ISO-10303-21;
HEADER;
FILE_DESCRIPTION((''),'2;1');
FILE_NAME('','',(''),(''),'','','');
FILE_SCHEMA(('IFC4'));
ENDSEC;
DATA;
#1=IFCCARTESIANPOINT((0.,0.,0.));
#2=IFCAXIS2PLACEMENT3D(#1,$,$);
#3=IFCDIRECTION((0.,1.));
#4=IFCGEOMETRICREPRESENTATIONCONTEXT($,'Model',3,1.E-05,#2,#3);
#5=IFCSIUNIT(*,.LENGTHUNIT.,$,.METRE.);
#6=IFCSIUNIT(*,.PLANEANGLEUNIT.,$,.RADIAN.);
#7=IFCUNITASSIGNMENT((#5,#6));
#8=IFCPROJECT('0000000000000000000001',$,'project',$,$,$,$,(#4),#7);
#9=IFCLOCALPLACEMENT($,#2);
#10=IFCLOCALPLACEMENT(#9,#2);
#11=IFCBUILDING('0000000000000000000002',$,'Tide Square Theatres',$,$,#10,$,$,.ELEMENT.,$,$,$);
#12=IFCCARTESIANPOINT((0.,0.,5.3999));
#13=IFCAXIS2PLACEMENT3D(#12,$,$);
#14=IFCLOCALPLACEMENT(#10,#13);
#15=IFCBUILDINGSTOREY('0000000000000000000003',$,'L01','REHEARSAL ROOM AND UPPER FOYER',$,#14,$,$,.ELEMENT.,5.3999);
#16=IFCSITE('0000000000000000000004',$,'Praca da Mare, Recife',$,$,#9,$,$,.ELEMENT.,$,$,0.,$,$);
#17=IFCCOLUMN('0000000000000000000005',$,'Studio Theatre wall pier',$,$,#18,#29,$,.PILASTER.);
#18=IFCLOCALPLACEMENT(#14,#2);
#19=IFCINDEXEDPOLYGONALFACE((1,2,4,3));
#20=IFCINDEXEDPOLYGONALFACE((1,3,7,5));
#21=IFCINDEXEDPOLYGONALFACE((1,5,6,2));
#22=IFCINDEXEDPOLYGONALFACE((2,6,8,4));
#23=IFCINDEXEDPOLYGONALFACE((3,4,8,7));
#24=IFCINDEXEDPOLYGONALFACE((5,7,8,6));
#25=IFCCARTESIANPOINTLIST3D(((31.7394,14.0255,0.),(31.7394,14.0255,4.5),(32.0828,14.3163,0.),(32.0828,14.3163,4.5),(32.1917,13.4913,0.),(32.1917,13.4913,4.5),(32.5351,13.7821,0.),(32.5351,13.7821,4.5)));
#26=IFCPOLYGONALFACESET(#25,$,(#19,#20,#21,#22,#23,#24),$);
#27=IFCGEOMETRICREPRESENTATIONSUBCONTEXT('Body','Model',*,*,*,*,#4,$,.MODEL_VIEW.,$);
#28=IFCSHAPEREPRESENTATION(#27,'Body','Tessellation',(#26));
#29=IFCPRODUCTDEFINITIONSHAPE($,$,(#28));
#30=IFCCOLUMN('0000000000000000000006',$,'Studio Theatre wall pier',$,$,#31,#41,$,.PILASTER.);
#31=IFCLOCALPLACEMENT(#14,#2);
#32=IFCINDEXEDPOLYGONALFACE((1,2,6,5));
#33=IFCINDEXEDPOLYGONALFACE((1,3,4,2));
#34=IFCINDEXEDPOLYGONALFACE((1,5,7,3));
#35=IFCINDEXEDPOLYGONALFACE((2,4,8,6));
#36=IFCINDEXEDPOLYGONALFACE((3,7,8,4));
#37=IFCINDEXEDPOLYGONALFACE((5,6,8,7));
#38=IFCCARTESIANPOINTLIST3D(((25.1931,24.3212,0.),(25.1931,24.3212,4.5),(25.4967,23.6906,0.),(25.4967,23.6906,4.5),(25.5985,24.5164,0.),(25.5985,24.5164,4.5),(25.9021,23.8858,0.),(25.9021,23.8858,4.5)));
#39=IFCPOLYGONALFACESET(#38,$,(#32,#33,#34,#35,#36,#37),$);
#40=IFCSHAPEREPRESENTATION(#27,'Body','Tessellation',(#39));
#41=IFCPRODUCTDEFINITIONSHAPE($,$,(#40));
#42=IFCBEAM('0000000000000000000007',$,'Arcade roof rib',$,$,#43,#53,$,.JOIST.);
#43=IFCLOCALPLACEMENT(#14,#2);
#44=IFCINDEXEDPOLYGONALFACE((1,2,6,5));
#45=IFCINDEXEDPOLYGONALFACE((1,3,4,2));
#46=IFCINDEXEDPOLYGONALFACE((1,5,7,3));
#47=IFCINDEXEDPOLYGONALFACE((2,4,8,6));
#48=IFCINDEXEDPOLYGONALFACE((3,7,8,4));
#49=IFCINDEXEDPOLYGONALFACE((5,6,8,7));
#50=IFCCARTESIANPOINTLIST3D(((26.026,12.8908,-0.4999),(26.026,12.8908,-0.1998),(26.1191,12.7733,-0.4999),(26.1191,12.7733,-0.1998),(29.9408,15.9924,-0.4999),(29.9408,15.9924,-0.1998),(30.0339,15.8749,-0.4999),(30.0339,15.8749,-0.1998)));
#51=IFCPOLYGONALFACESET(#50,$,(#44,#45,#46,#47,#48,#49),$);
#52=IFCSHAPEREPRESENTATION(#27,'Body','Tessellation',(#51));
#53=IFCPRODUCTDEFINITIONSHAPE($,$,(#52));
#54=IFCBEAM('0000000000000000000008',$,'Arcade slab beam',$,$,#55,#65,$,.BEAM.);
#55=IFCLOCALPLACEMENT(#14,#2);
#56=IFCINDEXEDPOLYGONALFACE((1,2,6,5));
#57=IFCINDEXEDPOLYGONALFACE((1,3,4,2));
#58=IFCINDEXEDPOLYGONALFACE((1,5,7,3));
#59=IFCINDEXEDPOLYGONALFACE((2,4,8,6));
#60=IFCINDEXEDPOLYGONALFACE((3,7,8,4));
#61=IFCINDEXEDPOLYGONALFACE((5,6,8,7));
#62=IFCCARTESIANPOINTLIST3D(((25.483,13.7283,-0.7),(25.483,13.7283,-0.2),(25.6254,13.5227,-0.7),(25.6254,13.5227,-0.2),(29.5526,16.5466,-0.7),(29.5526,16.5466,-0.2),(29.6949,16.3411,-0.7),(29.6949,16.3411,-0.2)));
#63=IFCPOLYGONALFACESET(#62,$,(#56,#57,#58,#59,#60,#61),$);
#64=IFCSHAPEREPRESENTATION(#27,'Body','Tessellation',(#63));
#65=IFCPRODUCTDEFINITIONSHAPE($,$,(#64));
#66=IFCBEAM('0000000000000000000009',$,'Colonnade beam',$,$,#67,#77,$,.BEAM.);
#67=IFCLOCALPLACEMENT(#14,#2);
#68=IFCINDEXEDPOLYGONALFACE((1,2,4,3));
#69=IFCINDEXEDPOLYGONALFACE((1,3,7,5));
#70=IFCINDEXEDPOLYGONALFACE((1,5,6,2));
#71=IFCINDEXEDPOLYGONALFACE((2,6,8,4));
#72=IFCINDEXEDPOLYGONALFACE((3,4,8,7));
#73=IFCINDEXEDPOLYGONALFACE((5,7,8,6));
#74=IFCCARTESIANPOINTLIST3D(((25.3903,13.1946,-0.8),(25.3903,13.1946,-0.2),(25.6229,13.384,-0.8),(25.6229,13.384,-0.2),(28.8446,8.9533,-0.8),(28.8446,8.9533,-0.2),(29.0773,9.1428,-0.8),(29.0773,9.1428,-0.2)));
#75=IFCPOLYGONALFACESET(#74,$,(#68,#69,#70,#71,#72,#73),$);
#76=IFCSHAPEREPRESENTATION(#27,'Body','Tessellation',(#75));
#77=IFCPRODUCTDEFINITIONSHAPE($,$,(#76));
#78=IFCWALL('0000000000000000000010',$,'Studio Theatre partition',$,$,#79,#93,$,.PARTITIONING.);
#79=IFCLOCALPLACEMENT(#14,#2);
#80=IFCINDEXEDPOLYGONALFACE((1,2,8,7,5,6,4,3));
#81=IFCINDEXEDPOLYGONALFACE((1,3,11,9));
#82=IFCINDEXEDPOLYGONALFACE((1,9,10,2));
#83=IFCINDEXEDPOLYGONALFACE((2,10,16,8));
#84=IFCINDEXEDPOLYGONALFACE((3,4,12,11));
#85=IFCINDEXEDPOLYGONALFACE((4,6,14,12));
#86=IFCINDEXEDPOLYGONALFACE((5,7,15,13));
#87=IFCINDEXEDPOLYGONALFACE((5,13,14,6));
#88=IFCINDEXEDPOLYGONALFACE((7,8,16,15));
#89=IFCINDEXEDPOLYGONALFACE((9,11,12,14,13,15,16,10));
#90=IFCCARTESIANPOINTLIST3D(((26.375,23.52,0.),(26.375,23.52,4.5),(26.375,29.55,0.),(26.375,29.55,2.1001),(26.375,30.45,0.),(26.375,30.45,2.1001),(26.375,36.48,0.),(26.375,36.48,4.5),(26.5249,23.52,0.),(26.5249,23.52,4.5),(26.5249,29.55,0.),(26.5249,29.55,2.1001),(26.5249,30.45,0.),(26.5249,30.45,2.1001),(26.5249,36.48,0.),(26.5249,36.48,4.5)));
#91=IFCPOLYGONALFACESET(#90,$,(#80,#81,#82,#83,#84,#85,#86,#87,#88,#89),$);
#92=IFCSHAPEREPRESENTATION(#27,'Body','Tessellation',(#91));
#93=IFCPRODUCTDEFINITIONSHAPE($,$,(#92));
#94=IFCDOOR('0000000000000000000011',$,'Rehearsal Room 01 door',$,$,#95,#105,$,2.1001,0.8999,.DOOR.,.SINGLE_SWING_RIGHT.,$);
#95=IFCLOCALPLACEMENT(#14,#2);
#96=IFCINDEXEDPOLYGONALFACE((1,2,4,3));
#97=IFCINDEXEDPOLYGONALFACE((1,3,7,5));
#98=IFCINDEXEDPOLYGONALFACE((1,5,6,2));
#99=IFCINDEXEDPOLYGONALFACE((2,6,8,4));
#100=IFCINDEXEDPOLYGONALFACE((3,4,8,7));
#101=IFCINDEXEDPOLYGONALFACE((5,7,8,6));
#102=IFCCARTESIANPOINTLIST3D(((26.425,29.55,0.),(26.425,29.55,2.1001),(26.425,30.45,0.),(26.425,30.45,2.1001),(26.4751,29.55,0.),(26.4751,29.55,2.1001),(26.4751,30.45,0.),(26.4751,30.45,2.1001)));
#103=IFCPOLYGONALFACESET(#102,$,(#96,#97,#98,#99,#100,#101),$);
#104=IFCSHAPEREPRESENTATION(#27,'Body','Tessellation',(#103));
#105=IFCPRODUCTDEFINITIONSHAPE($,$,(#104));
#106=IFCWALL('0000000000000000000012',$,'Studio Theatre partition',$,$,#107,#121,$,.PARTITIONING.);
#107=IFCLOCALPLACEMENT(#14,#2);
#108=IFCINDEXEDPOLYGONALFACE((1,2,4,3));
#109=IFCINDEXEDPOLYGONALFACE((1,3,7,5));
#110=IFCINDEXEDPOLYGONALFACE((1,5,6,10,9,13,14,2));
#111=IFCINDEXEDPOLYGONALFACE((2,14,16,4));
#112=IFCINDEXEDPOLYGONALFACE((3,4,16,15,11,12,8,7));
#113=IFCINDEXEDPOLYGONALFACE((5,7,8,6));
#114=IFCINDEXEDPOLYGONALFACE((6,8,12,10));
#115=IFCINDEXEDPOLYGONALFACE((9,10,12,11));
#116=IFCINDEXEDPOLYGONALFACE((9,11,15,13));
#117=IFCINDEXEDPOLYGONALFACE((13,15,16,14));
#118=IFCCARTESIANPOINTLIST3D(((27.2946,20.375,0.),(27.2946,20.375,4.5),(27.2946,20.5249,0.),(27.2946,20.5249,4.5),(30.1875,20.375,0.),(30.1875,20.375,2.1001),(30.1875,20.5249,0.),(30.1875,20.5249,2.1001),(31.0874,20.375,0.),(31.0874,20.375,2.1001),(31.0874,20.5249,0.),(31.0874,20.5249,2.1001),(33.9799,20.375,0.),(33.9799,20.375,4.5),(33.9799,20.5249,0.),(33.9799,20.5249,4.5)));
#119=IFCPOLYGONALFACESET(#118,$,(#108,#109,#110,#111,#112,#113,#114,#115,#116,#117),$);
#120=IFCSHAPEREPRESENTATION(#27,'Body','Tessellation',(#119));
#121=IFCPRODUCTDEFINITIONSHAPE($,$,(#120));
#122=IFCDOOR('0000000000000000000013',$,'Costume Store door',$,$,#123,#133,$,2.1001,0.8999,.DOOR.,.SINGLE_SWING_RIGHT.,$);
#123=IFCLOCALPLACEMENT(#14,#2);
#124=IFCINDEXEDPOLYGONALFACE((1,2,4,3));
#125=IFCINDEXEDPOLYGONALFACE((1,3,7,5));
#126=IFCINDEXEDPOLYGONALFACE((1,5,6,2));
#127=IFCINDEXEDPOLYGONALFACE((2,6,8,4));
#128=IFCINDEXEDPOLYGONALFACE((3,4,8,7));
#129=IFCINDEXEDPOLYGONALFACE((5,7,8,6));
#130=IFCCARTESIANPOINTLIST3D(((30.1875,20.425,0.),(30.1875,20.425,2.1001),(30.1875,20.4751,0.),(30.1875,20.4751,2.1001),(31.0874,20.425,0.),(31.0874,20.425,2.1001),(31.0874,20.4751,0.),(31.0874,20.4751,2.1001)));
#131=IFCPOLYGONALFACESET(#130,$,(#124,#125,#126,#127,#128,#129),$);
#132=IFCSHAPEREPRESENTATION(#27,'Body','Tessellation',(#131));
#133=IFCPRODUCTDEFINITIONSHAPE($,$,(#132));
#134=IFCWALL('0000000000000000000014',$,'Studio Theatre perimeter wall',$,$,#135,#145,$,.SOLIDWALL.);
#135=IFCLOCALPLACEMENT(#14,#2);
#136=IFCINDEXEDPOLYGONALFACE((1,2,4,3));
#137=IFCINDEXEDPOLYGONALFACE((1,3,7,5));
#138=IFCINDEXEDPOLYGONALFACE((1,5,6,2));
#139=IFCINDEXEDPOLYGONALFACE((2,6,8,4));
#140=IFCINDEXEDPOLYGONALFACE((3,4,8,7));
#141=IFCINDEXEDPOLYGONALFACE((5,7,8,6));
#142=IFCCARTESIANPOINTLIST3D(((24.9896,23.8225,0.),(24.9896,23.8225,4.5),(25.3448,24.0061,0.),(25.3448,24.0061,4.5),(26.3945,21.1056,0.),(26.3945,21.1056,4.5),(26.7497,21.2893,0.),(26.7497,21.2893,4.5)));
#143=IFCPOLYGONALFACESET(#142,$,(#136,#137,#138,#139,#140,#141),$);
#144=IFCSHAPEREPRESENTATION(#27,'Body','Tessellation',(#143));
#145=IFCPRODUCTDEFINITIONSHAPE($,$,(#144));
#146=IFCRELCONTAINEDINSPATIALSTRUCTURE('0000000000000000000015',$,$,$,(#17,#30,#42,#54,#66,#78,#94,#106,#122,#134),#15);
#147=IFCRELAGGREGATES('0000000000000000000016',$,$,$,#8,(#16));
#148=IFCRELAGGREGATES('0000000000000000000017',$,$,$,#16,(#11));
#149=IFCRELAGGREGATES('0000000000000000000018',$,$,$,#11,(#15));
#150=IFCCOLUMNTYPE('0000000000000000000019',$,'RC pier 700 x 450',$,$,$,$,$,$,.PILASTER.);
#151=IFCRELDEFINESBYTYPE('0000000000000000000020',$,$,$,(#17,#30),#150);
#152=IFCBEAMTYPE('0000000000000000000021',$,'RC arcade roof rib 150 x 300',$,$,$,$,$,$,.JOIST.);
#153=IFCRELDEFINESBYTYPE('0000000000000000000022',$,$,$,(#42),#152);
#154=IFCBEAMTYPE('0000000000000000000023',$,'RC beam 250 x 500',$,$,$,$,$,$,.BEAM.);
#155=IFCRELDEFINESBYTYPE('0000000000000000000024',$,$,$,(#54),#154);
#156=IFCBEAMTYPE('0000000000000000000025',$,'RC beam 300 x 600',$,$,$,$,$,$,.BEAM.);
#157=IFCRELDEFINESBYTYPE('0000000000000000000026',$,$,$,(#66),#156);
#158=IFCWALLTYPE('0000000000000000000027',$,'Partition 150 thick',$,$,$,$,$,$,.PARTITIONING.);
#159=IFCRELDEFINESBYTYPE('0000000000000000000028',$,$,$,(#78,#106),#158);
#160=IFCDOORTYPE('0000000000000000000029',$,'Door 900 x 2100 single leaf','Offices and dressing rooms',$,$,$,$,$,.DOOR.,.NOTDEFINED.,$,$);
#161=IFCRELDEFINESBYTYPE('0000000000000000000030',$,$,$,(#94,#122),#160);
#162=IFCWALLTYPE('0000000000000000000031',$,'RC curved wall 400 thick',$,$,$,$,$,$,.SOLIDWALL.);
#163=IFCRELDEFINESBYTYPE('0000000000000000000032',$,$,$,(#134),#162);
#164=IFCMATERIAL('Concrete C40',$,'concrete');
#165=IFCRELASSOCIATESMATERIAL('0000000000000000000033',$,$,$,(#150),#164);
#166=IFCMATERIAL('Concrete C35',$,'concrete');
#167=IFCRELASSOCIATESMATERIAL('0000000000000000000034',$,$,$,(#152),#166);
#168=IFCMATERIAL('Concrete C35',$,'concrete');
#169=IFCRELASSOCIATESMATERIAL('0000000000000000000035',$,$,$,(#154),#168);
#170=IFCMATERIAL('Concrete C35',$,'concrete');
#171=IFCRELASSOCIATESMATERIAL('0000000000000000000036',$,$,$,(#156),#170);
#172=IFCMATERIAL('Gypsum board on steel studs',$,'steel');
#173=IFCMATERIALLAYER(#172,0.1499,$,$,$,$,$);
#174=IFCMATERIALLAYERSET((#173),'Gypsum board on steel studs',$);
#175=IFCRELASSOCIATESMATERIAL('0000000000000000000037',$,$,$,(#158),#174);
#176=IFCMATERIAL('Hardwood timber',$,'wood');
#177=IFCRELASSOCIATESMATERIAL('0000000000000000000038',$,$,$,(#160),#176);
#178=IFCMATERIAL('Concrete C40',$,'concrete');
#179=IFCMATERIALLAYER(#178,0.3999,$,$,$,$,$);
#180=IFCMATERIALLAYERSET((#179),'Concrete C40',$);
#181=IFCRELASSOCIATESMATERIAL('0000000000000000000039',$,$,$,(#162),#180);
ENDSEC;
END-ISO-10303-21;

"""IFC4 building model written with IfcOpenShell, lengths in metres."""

from ifc_helpers import new_model, si_unit, direction, frame, frame_2d, origin, origin_2d, place, context, subcontext, project, spatial, rectangle, extrude, material, layer, layer_set, material_profile, profile_set, type_object, element, fill, save


model = new_model("IFC4")

# Units and contexts
model_context = context("Model", 3, precision=1e-05, world=origin(), true_north=direction((0.0, 1.0)))
body_context = subcontext(model_context, "Body", "Model", "MODEL_VIEW")
ifc_project = project(units=[si_unit("LENGTHUNIT", "METRE"), si_unit("PLANEANGLEUNIT", "RADIAN")], contexts=[model_context])

# Site, building, storey
site_placement = place(None, origin())
site = spatial("IfcSite", under=ifc_project, at=site_placement, Name="Praca da Mare, Recife", CompositionType="ELEMENT", RefElevation=0.0)
building_placement = place(site_placement, origin())
building = spatial("IfcBuilding", under=site, at=building_placement, Name="Tide Square Theatres", CompositionType="ELEMENT")
storey_placement = place(building_placement, frame((0.0, 0.0, 5.3999)))
storey = spatial("IfcBuildingStorey", under=building, at=storey_placement, Name="L01", Description="REHEARSAL ROOM AND UPPER FOYER", CompositionType="ELEMENT", Elevation=5.3999)

# Columns
ifc_material_1 = material(Name="Concrete C40", Category="concrete")
ifc_material_profile_1 = material_profile(ifc_material_1, rectangle(XDim=0.7, YDim=0.45, at=origin_2d()))
ifc_profile_set_1 = profile_set([ifc_material_profile_1], Name="Concrete C40")
column_type = type_object("IfcColumnType", Name="RC pier 700 x 450", PredefinedType="PILASTER", material=ifc_profile_set_1)
for number, where, z_axis, x_axis, name in (
    (1, (32.1372, 13.9038, 0.0), (0.0, 0.0, 1.0), (0.646184, -0.763182, 0.0), "Studio Theatre wall pier"),
    (2, (25.5476, 24.1035, 0.0), (0.0, 0.0, 1.0), (0.433814, -0.901003, 0.0), "Studio Theatre wall pier"),
):
    element("IfcColumn", number, at=place(storey_placement, frame(where, z_axis=z_axis, x_axis=x_axis)), inside=storey, type_object=column_type, Name=name, PredefinedType="PILASTER", context=body_context, shape_type="SweptSolid", body=[
        extrude(rectangle(XDim=0.7, YDim=0.45, at=origin_2d()), origin(), (0.0, 0.0, 1.0), 4.5),
    ])

# Beams
ifc_material_2 = material(Name="Concrete C35", Category="concrete")
ifc_material_profile_2 = material_profile(ifc_material_2, rectangle(XDim=0.1499, YDim=0.3, at=origin_2d()))
ifc_profile_set_2 = profile_set([ifc_material_profile_2], Name="Concrete C35")
beam_type_1 = type_object("IfcBeamType", Name="RC arcade roof rib 150 x 300", PredefinedType="JOIST", material=ifc_profile_set_2)
beam_1_placement = place(storey_placement, frame((26.0725, 12.832, -0.3499), z_axis=(0.783817, 0.620992, 0.0), x_axis=(-0.620992, 0.783817, 0.0)))
element("IfcBeam", 3, at=beam_1_placement, inside=storey, type_object=beam_type_1, Name="Arcade roof rib", PredefinedType="JOIST", context=body_context, shape_type="SweptSolid", body=[
    extrude(rectangle(XDim=0.1499, YDim=0.3, at=origin_2d()), origin(), (0.0, 0.0, 1.0), 4.9946),
])
ifc_material_3 = material(Name="Concrete C35", Category="concrete")
ifc_material_profile_3 = material_profile(ifc_material_3, rectangle(XDim=0.25, YDim=0.5, at=origin_2d()))
ifc_profile_set_3 = profile_set([ifc_material_profile_3], Name="Concrete C35")
beam_type_2 = type_object("IfcBeamType", Name="RC beam 250 x 500", PredefinedType="BEAM", material=ifc_profile_set_3)
beam_2_placement = place(storey_placement, frame((25.5542, 13.6255, -0.45), z_axis=(0.822102, 0.569341, 0.0), x_axis=(-0.569341, 0.822102, 0.0)))
element("IfcBeam", 4, at=beam_2_placement, inside=storey, type_object=beam_type_2, Name="Arcade slab beam", PredefinedType="BEAM", context=body_context, shape_type="SweptSolid", body=[
    extrude(rectangle(XDim=0.25, YDim=0.5, at=origin_2d()), origin(), (0.0, 0.0, 1.0), 4.9502),
])
ifc_material_4 = material(Name="Concrete C35", Category="concrete")
ifc_material_profile_4 = material_profile(ifc_material_4, rectangle(XDim=0.3, YDim=0.6001, at=origin_2d()))
ifc_profile_set_4 = profile_set([ifc_material_profile_4], Name="Concrete C35")
beam_type_3 = type_object("IfcBeamType", Name="RC beam 300 x 600", PredefinedType="BEAM", material=ifc_profile_set_4)
beam_3_placement = place(storey_placement, frame((25.5066, 13.2893, -0.5), z_axis=(0.631513, -0.775365, 0.0), x_axis=(0.775365, 0.631513, 0.0)))
element("IfcBeam", 5, at=beam_3_placement, inside=storey, type_object=beam_type_3, Name="Colonnade beam", PredefinedType="BEAM", context=body_context, shape_type="SweptSolid", body=[
    extrude(rectangle(XDim=0.3, YDim=0.6001, at=origin_2d()), origin(), (0.0, 0.0, 1.0), 5.47),
])

# Walls, openings, doors
ifc_material_5 = material(Name="Gypsum board on steel studs", Category="steel")
ifc_layer_1 = layer(ifc_material_5, 0.1499)
ifc_layer_set_1 = layer_set([ifc_layer_1], Name="Gypsum board on steel studs")
wall_type_1 = type_object("IfcWallType", Name="Partition 150 thick", PredefinedType="PARTITIONING", material=ifc_layer_set_1)
wall_1_placement = place(storey_placement, frame((26.45, 23.52, 0.0), z_axis=(0.0, 0.0, 1.0), x_axis=(0.0, 1.0, 0.0)))
wall_1 = element("IfcWall", 6, at=wall_1_placement, inside=storey, type_object=wall_type_1, Name="Studio Theatre partition", PredefinedType="PARTITIONING", context=body_context, shape_type="SweptSolid", body=[
    extrude(rectangle(XDim=12.96, YDim=0.1499, at=frame_2d((6.48, 0.0))), origin(), (0.0, 0.0, 1.0), 4.5),
])
opening_1_placement = place(wall_1_placement, frame((6.03, 0.0, 0.0)))
opening_1 = element("IfcOpeningElement", 7, at=opening_1_placement, cuts=wall_1, PredefinedType="OPENING", context=body_context, shape_type="SweptSolid", body=[
    extrude(rectangle(XDim=0.8999, YDim=2.1001, at=frame_2d((0.45, 1.05))), frame((0.0, 0.085, 0.0), z_axis=(0.0, -1.0, 0.0), x_axis=(1.0, 0.0, 0.0)), (0.0, 0.0, 1.0), 0.1699),
])
ifc_material_6 = material(Name="Hardwood timber", Category="wood")
door_type_1 = type_object("IfcDoorType", Name="Door 900 x 2100 single leaf", Description="Offices and dressing rooms", OperationType="NOTDEFINED", PredefinedType="DOOR", material=ifc_material_6)
door_1_placement = place(opening_1_placement, origin())
door_1 = element("IfcDoor", 8, at=door_1_placement, inside=storey, type_object=door_type_1, Name="Rehearsal Room 01 door", OperationType="SINGLE_SWING_RIGHT", OverallHeight=2.1001, OverallWidth=0.8999, PredefinedType="DOOR", context=body_context, shape_type="SweptSolid", body=[
    extrude(rectangle(XDim=0.8999, YDim=2.1001, at=frame_2d((0.45, 1.05))), frame((0.0, 0.0249, 0.0), z_axis=(0.0, -1.0, 0.0), x_axis=(1.0, 0.0, 0.0)), (0.0, 0.0, 1.0), 0.05),
])
fill(opening_1, door_1)
wall_2_placement = place(storey_placement, frame((33.98, 20.45, 0.0), z_axis=(0.0, 0.0, 1.0), x_axis=(-1.0, 0.0, 0.0)))
wall_2 = element("IfcWall", 9, at=wall_2_placement, inside=storey, type_object=wall_type_1, Name="Studio Theatre partition", PredefinedType="PARTITIONING", context=body_context, shape_type="SweptSolid", body=[
    extrude(rectangle(XDim=6.6853, YDim=0.1499, at=frame_2d((3.3428, 0.0))), origin(), (0.0, 0.0, 1.0), 4.5),
])
opening_2_placement = place(wall_2_placement, frame((2.8926, 0.0, 0.0)))
opening_2 = element("IfcOpeningElement", 10, at=opening_2_placement, cuts=wall_2, PredefinedType="OPENING", context=body_context, shape_type="SweptSolid", body=[
    extrude(rectangle(XDim=0.8999, YDim=2.1001, at=frame_2d((0.45, 1.05))), frame((0.0, 0.085, 0.0), z_axis=(0.0, -1.0, 0.0), x_axis=(1.0, 0.0, 0.0)), (0.0, 0.0, 1.0), 0.1699),
])
door_2_placement = place(opening_2_placement, origin())
door_2 = element("IfcDoor", 11, at=door_2_placement, inside=storey, type_object=door_type_1, Name="Costume Store door", OperationType="SINGLE_SWING_RIGHT", OverallHeight=2.1001, OverallWidth=0.8999, PredefinedType="DOOR", context=body_context, shape_type="SweptSolid", body=[
    extrude(rectangle(XDim=0.8999, YDim=2.1001, at=frame_2d((0.45, 1.05))), frame((0.0, 0.0249, 0.0), z_axis=(0.0, -1.0, 0.0), x_axis=(1.0, 0.0, 0.0)), (0.0, 0.0, 1.0), 0.05),
])
fill(opening_2, door_2)

# Wall
ifc_material_7 = material(Name="Concrete C40", Category="concrete")
ifc_layer_2 = layer(ifc_material_7, 0.3999)
ifc_layer_set_2 = layer_set([ifc_layer_2], Name="Concrete C40")
wall_type_2 = type_object("IfcWallType", Name="RC curved wall 400 thick", PredefinedType="SOLIDWALL", material=ifc_layer_set_2)
wall_3_placement = place(storey_placement, frame((25.1672, 23.9143, 0.0), z_axis=(0.0, 0.0, 1.0), x_axis=(0.459306, -0.888278, 0.0)))
element("IfcWall", 12, at=wall_3_placement, inside=storey, type_object=wall_type_2, Name="Studio Theatre perimeter wall", PredefinedType="SOLIDWALL", context=body_context, shape_type="SweptSolid", body=[
    extrude(rectangle(XDim=3.0586, YDim=0.3999, at=frame_2d((1.5293, 0.0))), origin(), (0.0, 0.0, 1.0), 4.5),
])

save(model, "model.ifc")
